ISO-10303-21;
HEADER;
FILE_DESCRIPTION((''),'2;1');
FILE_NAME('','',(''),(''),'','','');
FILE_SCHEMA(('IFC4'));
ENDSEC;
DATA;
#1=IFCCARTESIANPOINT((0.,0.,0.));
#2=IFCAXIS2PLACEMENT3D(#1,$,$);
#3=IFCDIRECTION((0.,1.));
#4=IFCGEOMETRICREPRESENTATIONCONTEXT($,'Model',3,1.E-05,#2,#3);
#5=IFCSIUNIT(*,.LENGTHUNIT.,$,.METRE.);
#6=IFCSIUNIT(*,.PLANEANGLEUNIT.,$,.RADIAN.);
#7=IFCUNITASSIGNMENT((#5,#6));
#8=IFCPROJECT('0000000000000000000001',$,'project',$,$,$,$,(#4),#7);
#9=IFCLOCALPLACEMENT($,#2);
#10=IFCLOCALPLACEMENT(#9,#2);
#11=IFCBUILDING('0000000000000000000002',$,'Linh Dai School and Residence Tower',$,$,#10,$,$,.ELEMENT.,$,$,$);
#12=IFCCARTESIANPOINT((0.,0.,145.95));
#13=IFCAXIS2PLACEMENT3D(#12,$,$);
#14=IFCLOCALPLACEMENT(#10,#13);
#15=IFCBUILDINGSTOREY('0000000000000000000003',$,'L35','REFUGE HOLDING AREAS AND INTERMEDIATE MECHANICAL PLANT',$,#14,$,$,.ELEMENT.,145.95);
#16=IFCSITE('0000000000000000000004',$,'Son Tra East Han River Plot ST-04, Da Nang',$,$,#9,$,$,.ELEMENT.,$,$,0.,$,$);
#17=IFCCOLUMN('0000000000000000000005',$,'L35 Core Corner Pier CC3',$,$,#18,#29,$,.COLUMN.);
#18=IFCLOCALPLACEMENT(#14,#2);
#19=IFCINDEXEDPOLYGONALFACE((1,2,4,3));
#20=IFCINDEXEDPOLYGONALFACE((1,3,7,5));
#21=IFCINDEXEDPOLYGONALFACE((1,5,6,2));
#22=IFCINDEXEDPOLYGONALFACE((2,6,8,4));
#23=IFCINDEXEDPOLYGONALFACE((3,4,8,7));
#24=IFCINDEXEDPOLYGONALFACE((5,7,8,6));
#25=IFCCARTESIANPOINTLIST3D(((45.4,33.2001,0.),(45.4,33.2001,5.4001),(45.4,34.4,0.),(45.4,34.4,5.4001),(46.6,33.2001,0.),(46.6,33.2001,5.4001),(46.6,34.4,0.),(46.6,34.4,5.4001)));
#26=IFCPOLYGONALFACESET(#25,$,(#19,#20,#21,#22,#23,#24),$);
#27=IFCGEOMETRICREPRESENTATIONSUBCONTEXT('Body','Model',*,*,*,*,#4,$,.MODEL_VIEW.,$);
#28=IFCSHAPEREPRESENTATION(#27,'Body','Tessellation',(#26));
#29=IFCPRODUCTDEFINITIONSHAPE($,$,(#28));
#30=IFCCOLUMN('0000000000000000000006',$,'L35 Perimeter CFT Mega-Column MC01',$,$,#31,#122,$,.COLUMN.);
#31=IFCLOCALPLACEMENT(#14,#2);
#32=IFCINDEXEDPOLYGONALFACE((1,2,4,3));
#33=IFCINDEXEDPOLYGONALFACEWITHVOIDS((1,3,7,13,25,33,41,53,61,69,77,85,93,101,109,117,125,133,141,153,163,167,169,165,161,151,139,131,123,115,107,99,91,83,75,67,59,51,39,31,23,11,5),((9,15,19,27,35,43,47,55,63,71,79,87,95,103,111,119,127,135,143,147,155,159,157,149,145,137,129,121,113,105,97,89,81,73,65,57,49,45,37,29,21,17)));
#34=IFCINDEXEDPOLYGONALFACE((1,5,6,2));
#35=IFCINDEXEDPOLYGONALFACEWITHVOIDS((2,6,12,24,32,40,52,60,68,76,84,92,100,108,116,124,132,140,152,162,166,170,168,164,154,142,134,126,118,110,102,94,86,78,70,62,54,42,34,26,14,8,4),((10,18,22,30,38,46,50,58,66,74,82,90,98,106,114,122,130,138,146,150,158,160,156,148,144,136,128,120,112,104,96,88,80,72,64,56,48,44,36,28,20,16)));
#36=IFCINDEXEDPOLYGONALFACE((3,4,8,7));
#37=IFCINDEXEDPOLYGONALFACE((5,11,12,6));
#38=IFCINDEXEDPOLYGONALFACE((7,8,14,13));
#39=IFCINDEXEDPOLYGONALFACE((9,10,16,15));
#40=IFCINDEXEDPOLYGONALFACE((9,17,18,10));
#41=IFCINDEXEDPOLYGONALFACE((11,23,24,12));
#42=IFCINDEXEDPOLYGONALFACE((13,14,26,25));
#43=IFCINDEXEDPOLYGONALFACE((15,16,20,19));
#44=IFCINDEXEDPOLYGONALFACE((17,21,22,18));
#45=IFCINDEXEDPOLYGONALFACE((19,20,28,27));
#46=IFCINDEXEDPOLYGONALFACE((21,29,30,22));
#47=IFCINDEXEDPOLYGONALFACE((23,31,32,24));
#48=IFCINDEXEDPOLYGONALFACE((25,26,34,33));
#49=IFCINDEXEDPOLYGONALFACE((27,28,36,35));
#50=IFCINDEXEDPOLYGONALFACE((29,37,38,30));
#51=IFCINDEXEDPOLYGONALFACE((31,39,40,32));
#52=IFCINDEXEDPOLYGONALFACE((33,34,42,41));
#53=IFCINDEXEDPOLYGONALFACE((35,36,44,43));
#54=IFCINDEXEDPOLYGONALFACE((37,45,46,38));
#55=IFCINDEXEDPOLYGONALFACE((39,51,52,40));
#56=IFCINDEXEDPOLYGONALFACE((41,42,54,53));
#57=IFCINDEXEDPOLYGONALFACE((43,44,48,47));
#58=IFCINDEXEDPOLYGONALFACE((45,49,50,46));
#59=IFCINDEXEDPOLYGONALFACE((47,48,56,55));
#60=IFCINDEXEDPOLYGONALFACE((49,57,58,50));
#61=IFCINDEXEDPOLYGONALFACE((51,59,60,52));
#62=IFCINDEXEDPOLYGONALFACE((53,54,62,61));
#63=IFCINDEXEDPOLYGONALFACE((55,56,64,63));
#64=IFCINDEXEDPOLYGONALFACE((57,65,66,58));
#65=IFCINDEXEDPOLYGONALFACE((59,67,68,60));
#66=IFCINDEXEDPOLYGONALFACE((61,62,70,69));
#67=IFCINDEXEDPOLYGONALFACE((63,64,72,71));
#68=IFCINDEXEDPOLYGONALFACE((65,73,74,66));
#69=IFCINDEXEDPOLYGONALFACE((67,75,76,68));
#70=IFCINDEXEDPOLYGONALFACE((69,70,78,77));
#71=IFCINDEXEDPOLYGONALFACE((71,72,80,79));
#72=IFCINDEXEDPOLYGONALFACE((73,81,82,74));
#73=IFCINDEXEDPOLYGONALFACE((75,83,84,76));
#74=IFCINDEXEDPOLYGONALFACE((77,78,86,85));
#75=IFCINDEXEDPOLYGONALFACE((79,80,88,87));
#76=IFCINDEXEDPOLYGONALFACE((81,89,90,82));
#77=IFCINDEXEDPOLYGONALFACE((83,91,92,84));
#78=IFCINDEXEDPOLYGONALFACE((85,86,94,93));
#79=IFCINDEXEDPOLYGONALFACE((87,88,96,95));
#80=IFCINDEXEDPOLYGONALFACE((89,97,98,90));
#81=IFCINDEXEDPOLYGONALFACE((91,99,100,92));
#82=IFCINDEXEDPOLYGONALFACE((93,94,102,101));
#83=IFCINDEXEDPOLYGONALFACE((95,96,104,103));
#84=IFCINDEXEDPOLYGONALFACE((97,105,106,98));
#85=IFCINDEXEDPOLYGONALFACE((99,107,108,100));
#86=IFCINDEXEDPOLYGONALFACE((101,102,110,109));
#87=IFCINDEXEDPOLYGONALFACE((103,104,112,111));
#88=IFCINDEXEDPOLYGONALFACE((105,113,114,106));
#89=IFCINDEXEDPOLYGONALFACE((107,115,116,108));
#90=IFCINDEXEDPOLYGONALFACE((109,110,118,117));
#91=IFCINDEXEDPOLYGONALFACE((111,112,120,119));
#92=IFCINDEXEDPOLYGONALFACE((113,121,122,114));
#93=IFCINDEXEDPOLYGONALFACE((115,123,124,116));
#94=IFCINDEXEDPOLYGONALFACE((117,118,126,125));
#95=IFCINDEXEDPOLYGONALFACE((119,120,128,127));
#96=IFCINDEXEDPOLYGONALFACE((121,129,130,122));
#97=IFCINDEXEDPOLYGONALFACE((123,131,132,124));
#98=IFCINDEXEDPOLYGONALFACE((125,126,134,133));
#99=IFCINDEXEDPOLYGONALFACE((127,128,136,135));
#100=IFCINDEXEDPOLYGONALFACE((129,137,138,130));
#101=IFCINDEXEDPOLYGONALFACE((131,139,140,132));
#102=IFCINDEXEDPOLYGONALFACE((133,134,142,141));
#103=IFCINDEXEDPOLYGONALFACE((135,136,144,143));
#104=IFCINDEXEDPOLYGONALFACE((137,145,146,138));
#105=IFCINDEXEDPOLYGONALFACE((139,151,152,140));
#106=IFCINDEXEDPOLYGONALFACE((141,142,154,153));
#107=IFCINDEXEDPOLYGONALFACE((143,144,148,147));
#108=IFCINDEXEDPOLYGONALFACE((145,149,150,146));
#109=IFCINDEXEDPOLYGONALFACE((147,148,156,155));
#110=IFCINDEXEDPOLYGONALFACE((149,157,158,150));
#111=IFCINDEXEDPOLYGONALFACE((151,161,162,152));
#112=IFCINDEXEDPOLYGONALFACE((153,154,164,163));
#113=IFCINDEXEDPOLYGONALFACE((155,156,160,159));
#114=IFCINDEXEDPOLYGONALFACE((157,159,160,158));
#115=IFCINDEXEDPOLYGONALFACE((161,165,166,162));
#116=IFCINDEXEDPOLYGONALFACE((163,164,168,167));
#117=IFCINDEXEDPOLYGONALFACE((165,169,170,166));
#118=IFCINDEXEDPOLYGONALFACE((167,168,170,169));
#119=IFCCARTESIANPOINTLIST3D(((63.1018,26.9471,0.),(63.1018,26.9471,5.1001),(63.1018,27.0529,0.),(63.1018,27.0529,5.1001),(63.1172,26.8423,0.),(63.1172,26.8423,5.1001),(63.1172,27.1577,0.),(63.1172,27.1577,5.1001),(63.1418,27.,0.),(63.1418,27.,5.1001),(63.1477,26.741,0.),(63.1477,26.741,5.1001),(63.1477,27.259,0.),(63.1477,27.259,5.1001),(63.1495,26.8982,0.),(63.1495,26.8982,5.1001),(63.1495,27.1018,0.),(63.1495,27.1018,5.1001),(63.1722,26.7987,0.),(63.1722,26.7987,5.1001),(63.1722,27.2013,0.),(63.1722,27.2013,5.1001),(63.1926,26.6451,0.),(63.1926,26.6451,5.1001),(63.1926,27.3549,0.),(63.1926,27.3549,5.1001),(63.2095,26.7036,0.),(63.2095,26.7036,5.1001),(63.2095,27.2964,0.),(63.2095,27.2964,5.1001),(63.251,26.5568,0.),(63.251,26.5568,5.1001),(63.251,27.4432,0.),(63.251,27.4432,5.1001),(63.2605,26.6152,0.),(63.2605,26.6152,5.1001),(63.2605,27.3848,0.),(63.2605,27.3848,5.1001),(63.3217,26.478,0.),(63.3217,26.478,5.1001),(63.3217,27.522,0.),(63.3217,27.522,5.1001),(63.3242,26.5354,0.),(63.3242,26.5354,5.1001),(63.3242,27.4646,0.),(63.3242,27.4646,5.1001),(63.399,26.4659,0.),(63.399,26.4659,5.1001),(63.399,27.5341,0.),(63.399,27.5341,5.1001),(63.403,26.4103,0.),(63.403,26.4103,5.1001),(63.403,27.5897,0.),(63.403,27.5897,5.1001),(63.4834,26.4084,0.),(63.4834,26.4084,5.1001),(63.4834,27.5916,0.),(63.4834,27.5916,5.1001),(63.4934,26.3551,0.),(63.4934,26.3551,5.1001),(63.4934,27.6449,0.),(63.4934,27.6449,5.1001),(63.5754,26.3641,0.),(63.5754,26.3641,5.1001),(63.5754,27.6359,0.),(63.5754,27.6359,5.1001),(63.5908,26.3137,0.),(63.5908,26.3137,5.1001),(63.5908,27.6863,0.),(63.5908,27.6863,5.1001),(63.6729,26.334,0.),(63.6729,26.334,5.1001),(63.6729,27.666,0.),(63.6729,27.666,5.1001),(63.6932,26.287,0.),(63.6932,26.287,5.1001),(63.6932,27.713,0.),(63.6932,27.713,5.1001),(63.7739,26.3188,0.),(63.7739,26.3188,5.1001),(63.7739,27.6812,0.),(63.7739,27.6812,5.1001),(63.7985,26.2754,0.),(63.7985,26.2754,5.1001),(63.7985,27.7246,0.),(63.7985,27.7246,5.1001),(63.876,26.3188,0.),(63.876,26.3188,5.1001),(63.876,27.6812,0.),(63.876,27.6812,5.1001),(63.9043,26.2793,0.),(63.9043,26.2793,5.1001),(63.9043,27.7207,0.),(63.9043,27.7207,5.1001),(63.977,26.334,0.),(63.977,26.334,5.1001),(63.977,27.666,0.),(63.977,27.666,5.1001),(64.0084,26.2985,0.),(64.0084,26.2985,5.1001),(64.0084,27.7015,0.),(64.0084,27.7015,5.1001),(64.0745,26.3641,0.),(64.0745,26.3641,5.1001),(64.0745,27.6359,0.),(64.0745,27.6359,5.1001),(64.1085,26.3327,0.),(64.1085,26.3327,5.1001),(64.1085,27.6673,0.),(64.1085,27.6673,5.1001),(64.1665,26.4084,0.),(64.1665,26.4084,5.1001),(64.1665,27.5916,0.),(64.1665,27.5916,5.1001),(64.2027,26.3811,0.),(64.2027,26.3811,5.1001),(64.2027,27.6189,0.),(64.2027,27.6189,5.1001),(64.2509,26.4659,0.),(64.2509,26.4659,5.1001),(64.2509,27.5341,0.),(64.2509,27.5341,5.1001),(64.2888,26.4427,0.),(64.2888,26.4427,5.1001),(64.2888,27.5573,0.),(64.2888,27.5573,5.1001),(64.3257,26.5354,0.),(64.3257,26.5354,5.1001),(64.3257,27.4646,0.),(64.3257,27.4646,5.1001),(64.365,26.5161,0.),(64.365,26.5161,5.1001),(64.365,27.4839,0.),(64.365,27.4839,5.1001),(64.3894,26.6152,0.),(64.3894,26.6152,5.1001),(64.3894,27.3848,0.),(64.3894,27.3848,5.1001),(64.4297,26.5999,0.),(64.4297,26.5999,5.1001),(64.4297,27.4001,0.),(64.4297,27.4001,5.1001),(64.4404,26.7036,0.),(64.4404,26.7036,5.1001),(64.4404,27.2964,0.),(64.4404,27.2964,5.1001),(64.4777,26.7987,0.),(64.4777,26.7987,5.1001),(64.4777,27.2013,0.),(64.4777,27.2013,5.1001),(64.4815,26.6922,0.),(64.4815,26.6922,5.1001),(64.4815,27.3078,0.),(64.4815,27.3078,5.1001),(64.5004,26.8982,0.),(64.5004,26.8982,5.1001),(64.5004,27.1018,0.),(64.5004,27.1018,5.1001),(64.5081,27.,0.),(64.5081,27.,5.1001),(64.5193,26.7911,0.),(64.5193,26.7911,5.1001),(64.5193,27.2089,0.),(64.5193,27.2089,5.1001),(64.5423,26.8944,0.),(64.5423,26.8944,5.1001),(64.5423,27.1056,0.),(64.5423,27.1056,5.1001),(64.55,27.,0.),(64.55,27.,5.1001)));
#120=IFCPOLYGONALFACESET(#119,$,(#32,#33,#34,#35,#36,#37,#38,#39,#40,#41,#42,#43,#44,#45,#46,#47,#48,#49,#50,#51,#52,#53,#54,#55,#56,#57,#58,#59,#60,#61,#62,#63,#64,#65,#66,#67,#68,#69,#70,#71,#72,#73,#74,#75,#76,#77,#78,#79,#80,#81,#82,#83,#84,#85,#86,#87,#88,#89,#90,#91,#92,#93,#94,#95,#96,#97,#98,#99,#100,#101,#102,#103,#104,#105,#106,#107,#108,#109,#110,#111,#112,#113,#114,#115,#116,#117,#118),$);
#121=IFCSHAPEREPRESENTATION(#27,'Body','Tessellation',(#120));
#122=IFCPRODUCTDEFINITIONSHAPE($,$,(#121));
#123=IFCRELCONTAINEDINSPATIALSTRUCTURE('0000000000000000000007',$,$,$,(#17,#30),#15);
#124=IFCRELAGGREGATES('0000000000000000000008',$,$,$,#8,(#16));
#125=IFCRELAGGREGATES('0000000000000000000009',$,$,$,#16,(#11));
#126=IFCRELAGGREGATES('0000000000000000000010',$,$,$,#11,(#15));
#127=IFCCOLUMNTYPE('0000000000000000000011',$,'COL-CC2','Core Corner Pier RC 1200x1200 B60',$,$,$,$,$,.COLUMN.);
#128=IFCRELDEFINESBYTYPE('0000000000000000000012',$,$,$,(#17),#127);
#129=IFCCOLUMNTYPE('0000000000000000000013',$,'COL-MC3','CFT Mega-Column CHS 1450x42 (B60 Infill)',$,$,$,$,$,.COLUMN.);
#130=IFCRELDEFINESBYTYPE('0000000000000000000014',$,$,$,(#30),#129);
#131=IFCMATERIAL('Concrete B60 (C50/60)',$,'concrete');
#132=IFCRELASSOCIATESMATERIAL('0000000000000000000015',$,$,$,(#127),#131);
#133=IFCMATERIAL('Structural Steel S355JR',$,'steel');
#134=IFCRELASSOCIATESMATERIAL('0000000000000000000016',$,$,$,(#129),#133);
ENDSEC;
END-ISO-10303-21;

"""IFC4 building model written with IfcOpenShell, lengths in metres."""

from ifc_helpers import new_model, si_unit, direction, frame, origin, origin_2d, place, context, subcontext, project, spatial, rectangle, hollow_circle, extrude, material, material_profile, profile_set, type_object, element, save


model = new_model("IFC4")

# Units and contexts
model_context = context("Model", 3, precision=1e-05, world=origin(), true_north=direction((0.0, 1.0)))
body_context = subcontext(model_context, "Body", "Model", "MODEL_VIEW")
ifc_project = project(units=[si_unit("LENGTHUNIT", "METRE"), si_unit("PLANEANGLEUNIT", "RADIAN")], contexts=[model_context])

# Site, building, storey
site_placement = place(None, origin())
site = spatial("IfcSite", under=ifc_project, at=site_placement, Name="Son Tra East Han River Plot ST-04, Da Nang", CompositionType="ELEMENT", RefElevation=0.0)
building_placement = place(site_placement, origin())
building = spatial("IfcBuilding", under=site, at=building_placement, Name="Linh Dai School and Residence Tower", CompositionType="ELEMENT")
storey_placement = place(building_placement, frame((0.0, 0.0, 145.95)))
storey = spatial("IfcBuildingStorey", under=building, at=storey_placement, Name="L35", Description="REFUGE HOLDING AREAS AND INTERMEDIATE MECHANICAL PLANT", CompositionType="ELEMENT", Elevation=145.95)

# Columns
ifc_material_1 = material(Name="Concrete B60 (C50/60)", Category="concrete")
ifc_material_profile_1 = material_profile(ifc_material_1, rectangle(XDim=1.2, YDim=1.2, at=origin_2d()), Name="RC 1200x1200")
ifc_profile_set_1 = profile_set([ifc_material_profile_1], Name="Concrete B60 (C50/60)")
column_type_1 = type_object("IfcColumnType", Name="COL-CC2", Description="Core Corner Pier RC 1200x1200 B60", PredefinedType="COLUMN", material=ifc_profile_set_1)
column_placement = place(storey_placement, frame((46.0, 33.8, 0.0), z_axis=(0.0, 0.0, 1.0), x_axis=(1.0, 0.0, 0.0)))
element("IfcColumn", 1, at=column_placement, inside=storey, type_object=column_type_1, Name="L35 Core Corner Pier CC3", PredefinedType="COLUMN", context=body_context, shape_type="SweptSolid", body=[
    extrude(rectangle(XDim=1.2, YDim=1.2, at=origin_2d()), origin(), (0.0, 0.0, 1.0), 5.4001),
])
ifc_material_2 = material(Name="Structural Steel S355JR", Category="steel")
ifc_material_profile_2 = material_profile(ifc_material_2, hollow_circle(Radius=0.7251, WallThickness=0.042, at=origin_2d()), Name="CHS 1450x42")
ifc_profile_set_2 = profile_set([ifc_material_profile_2], Name="Structural Steel S355JR")
column_type_2 = type_object("IfcColumnType", Name="COL-MC3", Description="CFT Mega-Column CHS 1450x42 (B60 Infill)", PredefinedType="COLUMN", material=ifc_profile_set_2)
for number, where, z_axis, x_axis, name in (
    (2, (63.825, 27.0, 0.0), (0.0, 0.0, 1.0), (1.0, 0.0, 0.0), "L35 Perimeter CFT Mega-Column MC01"),
):
    element("IfcColumn", number, at=place(storey_placement, frame(where, z_axis=z_axis, x_axis=x_axis)), inside=storey, type_object=column_type_2, Name=name, PredefinedType="COLUMN", context=body_context, shape_type="SweptSolid", body=[
        extrude(hollow_circle(Radius=0.7251, WallThickness=0.042, at=origin_2d()), origin(), (0.0, 0.0, 1.0), 5.1001),
    ])

save(model, "model.ifc")
